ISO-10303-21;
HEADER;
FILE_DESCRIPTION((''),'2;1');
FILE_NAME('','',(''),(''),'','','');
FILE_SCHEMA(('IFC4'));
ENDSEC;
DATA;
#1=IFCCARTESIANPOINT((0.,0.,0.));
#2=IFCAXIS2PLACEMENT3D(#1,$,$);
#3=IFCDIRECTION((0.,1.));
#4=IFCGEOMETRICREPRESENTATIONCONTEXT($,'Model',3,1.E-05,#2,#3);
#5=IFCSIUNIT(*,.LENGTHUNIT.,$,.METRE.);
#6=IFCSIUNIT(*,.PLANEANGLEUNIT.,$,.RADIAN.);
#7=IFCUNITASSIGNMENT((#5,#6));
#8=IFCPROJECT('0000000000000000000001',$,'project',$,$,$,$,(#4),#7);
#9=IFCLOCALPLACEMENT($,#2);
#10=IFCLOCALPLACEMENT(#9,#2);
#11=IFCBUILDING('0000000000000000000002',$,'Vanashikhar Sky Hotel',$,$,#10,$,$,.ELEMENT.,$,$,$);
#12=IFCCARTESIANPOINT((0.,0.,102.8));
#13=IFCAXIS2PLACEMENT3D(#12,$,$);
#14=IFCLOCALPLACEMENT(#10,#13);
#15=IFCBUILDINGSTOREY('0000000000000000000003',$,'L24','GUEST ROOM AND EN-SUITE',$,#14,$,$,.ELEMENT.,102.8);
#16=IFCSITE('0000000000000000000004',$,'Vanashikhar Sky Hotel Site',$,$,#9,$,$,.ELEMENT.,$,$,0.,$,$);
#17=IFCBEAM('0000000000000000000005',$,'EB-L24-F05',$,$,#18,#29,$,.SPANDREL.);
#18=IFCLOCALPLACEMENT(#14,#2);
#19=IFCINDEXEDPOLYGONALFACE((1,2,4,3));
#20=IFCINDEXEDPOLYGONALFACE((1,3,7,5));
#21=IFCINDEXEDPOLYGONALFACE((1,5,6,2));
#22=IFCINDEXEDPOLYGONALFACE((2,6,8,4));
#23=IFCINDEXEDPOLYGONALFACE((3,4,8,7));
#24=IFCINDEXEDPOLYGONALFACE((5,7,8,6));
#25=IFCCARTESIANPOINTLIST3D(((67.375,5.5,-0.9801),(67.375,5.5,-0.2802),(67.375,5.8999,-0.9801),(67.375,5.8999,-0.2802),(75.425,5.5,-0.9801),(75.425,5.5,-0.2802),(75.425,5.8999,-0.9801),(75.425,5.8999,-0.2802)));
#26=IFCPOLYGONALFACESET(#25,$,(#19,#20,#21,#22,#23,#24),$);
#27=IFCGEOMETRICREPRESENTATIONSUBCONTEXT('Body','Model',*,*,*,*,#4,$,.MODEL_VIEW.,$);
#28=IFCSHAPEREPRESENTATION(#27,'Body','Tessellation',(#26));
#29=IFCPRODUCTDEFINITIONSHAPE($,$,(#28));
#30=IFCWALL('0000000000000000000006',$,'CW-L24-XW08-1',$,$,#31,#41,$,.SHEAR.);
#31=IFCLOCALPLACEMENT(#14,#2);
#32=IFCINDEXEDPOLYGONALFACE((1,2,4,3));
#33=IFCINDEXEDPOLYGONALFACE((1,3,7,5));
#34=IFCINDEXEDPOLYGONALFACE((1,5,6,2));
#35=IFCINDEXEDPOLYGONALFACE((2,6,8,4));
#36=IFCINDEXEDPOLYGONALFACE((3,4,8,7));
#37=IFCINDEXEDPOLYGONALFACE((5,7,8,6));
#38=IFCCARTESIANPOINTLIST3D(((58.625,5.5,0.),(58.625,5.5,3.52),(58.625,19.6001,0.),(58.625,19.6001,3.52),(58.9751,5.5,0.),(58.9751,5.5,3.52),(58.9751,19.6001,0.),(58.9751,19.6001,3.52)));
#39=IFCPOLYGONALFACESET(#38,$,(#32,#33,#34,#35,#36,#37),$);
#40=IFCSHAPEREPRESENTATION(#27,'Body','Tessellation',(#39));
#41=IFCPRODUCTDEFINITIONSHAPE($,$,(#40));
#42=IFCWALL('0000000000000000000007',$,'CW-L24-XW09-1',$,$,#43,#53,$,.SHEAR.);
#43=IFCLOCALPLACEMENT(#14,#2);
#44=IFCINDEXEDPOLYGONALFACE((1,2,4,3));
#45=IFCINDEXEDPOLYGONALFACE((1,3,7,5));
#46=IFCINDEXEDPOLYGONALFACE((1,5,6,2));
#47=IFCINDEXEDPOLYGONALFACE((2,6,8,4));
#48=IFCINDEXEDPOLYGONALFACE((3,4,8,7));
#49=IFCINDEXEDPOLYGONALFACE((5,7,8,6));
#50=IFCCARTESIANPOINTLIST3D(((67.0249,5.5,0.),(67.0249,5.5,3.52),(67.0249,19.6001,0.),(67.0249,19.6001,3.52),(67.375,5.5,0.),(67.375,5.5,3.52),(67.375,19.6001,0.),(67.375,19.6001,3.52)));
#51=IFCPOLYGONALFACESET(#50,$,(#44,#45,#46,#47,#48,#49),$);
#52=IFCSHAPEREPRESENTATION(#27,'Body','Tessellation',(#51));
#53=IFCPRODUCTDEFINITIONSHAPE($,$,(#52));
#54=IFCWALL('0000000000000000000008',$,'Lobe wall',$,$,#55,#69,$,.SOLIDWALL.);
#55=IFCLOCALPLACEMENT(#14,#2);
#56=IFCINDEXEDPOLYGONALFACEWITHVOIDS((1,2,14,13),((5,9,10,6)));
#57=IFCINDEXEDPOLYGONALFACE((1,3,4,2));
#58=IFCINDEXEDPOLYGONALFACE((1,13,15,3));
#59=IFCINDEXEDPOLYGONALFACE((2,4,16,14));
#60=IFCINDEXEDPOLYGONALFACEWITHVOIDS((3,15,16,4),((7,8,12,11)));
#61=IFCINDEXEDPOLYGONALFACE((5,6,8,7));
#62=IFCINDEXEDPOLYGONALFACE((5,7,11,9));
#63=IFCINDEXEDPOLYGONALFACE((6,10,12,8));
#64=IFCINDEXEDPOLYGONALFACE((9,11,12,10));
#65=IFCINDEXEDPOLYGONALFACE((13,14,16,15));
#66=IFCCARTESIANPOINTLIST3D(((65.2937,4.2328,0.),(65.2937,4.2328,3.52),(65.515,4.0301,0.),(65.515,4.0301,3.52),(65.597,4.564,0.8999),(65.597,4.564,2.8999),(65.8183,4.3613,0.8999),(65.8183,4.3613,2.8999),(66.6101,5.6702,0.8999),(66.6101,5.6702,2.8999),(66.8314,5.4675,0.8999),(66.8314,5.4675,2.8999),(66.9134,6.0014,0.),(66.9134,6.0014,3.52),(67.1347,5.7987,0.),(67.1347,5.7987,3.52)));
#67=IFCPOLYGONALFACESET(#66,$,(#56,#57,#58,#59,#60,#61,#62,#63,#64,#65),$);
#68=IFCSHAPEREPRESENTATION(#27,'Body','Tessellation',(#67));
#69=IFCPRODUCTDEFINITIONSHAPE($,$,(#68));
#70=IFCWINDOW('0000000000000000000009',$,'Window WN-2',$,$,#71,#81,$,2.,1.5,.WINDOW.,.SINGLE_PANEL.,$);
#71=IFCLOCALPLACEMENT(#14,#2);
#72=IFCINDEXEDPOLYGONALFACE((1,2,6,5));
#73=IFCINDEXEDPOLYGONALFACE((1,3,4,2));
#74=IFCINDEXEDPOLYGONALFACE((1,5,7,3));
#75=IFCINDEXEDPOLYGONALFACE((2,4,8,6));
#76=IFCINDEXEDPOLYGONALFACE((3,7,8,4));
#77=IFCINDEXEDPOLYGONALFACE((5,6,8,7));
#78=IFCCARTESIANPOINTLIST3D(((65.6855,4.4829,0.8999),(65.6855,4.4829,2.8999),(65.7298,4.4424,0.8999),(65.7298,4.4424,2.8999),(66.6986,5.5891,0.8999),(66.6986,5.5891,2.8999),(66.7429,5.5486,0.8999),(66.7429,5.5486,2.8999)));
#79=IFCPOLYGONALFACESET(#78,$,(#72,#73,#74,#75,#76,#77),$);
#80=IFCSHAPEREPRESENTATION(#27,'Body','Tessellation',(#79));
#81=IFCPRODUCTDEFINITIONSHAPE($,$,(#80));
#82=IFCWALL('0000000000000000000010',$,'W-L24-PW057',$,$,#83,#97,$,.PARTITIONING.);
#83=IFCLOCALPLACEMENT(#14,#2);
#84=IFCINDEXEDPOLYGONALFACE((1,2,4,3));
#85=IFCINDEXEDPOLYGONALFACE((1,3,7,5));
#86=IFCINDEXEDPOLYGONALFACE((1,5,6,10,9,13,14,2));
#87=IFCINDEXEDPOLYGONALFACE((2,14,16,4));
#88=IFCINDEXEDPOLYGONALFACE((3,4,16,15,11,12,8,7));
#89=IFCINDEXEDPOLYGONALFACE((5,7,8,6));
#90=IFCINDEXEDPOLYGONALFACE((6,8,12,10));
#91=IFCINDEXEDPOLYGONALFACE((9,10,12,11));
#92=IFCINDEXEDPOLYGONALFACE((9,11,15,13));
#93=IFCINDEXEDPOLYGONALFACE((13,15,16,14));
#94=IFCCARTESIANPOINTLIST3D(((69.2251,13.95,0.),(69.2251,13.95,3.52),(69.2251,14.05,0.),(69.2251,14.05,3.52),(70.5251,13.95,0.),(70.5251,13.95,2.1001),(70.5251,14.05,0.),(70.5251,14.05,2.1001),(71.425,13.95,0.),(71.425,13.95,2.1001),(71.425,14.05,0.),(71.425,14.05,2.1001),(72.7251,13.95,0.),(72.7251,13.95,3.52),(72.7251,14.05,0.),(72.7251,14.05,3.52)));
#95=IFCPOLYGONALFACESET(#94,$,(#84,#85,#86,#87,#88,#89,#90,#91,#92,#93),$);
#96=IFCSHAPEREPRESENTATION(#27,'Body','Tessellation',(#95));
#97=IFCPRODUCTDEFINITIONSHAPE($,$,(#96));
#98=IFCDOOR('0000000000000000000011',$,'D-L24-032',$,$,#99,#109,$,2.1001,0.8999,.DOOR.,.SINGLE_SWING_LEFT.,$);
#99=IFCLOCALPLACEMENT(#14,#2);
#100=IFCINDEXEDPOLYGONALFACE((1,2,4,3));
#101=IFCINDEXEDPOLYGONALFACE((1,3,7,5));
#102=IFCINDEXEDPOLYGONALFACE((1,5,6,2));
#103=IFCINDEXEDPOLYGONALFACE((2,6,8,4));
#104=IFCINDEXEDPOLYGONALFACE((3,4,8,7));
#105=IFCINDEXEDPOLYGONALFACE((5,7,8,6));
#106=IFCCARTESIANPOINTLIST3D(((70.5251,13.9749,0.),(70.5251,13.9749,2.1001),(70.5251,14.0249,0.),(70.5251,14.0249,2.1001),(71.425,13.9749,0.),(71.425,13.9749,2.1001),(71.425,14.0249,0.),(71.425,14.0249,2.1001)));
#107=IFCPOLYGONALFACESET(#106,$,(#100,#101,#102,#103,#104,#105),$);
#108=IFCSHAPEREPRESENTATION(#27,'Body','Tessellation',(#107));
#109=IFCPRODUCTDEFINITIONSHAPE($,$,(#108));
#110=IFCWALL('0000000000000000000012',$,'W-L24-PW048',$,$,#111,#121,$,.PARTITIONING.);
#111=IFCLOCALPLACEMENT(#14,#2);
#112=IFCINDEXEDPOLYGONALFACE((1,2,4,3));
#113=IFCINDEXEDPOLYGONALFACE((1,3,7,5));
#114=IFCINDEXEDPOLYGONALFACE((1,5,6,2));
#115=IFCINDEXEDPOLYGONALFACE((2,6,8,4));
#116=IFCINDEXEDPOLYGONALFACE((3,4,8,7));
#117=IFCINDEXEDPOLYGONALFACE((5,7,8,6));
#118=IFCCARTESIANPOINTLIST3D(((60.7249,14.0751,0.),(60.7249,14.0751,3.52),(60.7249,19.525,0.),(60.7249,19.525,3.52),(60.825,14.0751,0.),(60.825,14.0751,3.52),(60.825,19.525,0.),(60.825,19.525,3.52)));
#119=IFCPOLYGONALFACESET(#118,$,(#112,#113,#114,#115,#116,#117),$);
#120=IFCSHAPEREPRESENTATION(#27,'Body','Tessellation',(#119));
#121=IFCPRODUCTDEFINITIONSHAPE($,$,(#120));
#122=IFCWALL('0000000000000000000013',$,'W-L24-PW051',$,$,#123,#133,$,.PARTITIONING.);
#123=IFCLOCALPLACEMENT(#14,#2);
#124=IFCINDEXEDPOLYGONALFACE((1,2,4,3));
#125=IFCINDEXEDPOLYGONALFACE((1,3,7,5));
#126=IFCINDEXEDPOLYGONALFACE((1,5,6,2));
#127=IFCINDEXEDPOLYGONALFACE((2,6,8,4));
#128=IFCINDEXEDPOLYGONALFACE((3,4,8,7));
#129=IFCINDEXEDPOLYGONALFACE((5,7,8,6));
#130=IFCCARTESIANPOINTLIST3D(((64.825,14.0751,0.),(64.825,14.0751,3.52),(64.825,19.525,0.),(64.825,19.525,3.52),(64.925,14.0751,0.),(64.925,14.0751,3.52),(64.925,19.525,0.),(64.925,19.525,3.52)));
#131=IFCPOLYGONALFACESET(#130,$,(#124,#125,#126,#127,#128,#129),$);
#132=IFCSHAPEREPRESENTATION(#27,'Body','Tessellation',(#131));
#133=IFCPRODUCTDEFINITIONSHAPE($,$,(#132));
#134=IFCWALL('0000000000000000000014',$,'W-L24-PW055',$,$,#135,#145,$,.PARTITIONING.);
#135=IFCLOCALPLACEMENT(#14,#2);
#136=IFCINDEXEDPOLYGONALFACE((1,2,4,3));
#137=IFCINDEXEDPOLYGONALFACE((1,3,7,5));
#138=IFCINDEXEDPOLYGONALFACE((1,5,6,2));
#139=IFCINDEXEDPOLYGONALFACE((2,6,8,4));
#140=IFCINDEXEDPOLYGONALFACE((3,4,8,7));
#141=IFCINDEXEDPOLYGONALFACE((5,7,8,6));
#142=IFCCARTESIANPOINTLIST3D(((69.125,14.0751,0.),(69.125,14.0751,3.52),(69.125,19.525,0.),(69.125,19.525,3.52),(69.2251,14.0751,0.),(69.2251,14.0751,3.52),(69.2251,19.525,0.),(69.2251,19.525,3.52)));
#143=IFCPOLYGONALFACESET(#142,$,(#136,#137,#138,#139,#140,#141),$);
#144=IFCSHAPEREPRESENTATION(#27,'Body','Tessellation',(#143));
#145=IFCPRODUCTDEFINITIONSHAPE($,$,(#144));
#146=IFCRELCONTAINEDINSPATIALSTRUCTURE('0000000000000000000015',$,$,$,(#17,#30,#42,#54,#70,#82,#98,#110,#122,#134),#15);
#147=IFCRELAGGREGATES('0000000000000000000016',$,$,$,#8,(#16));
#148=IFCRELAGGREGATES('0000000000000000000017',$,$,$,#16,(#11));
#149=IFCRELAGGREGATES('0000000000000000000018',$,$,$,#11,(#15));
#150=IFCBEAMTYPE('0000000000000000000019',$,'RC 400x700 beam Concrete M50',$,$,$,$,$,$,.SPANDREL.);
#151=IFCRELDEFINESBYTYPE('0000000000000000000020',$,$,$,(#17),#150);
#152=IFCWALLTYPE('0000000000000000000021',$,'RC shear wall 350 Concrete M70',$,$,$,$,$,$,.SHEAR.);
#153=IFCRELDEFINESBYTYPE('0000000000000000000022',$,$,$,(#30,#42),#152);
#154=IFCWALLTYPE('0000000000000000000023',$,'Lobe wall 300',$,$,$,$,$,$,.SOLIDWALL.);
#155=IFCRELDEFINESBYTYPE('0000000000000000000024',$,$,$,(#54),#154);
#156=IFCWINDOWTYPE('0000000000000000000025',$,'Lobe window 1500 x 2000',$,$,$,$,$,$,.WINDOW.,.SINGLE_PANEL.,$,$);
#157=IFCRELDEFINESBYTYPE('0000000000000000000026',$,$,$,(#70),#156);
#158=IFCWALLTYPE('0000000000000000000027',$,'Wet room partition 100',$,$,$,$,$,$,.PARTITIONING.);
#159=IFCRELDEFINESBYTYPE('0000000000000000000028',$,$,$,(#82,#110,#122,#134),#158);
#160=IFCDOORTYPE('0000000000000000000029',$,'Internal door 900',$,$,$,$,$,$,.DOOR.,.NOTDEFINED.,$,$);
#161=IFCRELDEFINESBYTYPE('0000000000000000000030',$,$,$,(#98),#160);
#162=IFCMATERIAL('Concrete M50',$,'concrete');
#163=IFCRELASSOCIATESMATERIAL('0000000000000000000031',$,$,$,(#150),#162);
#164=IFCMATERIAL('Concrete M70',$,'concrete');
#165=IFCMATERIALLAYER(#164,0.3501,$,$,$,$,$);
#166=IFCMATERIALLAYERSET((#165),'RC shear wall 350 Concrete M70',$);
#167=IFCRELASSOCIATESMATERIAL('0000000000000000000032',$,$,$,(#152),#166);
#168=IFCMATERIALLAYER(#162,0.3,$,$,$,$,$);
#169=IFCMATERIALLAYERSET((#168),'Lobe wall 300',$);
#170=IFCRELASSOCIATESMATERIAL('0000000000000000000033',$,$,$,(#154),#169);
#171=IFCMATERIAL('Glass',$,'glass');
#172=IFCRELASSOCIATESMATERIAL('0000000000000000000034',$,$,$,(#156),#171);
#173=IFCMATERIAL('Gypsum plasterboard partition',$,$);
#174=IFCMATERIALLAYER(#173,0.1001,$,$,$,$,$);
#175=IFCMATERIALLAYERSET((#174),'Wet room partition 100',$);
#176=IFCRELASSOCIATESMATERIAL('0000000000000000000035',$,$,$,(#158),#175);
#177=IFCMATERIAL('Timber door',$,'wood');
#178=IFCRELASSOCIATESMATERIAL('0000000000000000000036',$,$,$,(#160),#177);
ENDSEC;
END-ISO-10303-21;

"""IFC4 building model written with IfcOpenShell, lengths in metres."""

from ifc_helpers import new_model, si_unit, direction, frame, frame_2d, origin, origin_2d, place, context, subcontext, project, spatial, rectangle, extrude, source, transform, mapped, material, layer, layer_set, material_profile, profile_set, type_object, element, fill, save


model = new_model("IFC4")

# Units and contexts
model_context = context("Model", 3, precision=1e-05, world=origin(), true_north=direction((0.0, 1.0)))
body_context = subcontext(model_context, "Body", "Model", "MODEL_VIEW")
ifc_project = project(units=[si_unit("LENGTHUNIT", "METRE"), si_unit("PLANEANGLEUNIT", "RADIAN")], contexts=[model_context])

# Site, building, storey
site_placement = place(None, origin())
site = spatial("IfcSite", under=ifc_project, at=site_placement, Name="Vanashikhar Sky Hotel Site", CompositionType="ELEMENT", RefElevation=0.0)
building_placement = place(site_placement, origin())
building = spatial("IfcBuilding", under=site, at=building_placement, Name="Vanashikhar Sky Hotel", CompositionType="ELEMENT")
storey_placement = place(building_placement, frame((0.0, 0.0, 102.8)))
storey = spatial("IfcBuildingStorey", under=building, at=storey_placement, Name="L24", Description="GUEST ROOM AND EN-SUITE", CompositionType="ELEMENT", Elevation=102.8)

# Beam
ifc_material_1 = material(Name="Concrete M50", Category="concrete")
ifc_material_profile = material_profile(ifc_material_1, rectangle(XDim=0.3999, YDim=0.7, at=origin_2d()))
ifc_profile_set = profile_set([ifc_material_profile], Name="RC 400x700 beam Concrete M50")
beam_type = type_object("IfcBeamType", Name="RC 400x700 beam Concrete M50", PredefinedType="SPANDREL", material=ifc_profile_set)
shared_shape_1 = source(origin(), body_context, "Body", "SweptSolid", [
    extrude(rectangle(XDim=0.3999, YDim=0.7, at=origin_2d()), origin(), (0.0, 0.0, 1.0), 8.05),
])
beam_placement = place(storey_placement, frame((67.375, 5.7, -0.6301), z_axis=(1.0, 0.0, 0.0), x_axis=(0.0, 1.0, 0.0)))
element("IfcBeam", 1, at=beam_placement, inside=storey, type_object=beam_type, Name="EB-L24-F05", PredefinedType="SPANDREL", context=body_context, shape_type="MappedRepresentation", body=[
    mapped(shared_shape_1, transform((0.0, 0.0, 0.0), scale=1.0)),
])

# Walls
ifc_material_2 = material(Name="Concrete M70", Category="concrete")
ifc_layer_1 = layer(ifc_material_2, 0.3501)
ifc_layer_set_1 = layer_set([ifc_layer_1], Name="RC shear wall 350 Concrete M70")
wall_type_1 = type_object("IfcWallType", Name="RC shear wall 350 Concrete M70", PredefinedType="SHEAR", material=ifc_layer_set_1)
shared_shape_2 = source(origin(), body_context, "Body", "SweptSolid", [
    extrude(rectangle(XDim=14.1001, YDim=0.3501, at=frame_2d((7.05, 0.0))), origin(), (0.0, 0.0, 1.0), 3.52),
])
for number, where, z_axis, x_axis, name in (
    (2, (58.8, 5.5, 0.0), (0.0, 0.0, 1.0), (0.0, 1.0, 0.0), "CW-L24-XW08-1"),
    (3, (67.2, 5.5, 0.0), (0.0, 0.0, 1.0), (0.0, 1.0, 0.0), "CW-L24-XW09-1"),
):
    element("IfcWall", number, at=place(storey_placement, frame(where, z_axis=z_axis, x_axis=x_axis)), inside=storey, type_object=wall_type_1, Name=name, PredefinedType="SHEAR", context=body_context, shape_type="MappedRepresentation", body=[
        mapped(shared_shape_2, transform((0.0, 0.0, 0.0), scale=1.0)),
    ])

# Wall, opening, window
ifc_layer_2 = layer(ifc_material_1, 0.3)
ifc_layer_set_2 = layer_set([ifc_layer_2], Name="Lobe wall 300")
wall_type_2 = type_object("IfcWallType", Name="Lobe wall 300", PredefinedType="SOLIDWALL", material=ifc_layer_set_2)
shared_shape_3 = source(origin(), body_context, "Body", "SweptSolid", [
    extrude(rectangle(XDim=2.3982, YDim=0.3, at=frame_2d((1.1992, 0.0))), origin(), (0.0, 0.0, 1.0), 3.52),
])
wall_1_placement = place(storey_placement, frame((65.4043, 4.1313, 0.0), z_axis=(0.0, 0.0, 1.0), x_axis=(0.675374, 0.737475, 0.0)))
wall_1 = element("IfcWall", 4, at=wall_1_placement, inside=storey, type_object=wall_type_2, Name="Lobe wall", PredefinedType="SOLIDWALL", context=body_context, shape_type="MappedRepresentation", body=[
    mapped(shared_shape_3, transform((0.0, 0.0, 0.0), scale=1.0)),
])
shared_shape_4 = source(origin(), body_context, "Body", "SweptSolid", [
    extrude(rectangle(XDim=1.5, YDim=2.0, at=frame_2d((0.75, 1.0))), frame((0.0, 0.1602, 0.0), z_axis=(0.0, -1.0, 0.0), x_axis=(1.0, 0.0, 0.0)), (0.0, 0.0, 1.0), 0.3201),
])
opening_1_placement = place(wall_1_placement, frame((0.4492, 0.0, 0.8999)))
opening_1 = element("IfcOpeningElement", 5, at=opening_1_placement, cuts=wall_1, PredefinedType="OPENING", context=body_context, shape_type="MappedRepresentation", body=[
    mapped(shared_shape_4, transform((0.0, 0.0, 0.0), scale=1.0)),
])
ifc_material_3 = material(Name="Glass", Category="glass")
window_type_1 = type_object("IfcWindowType", Name="Lobe window 1500 x 2000", PartitioningType="SINGLE_PANEL", PredefinedType="WINDOW", material=ifc_material_3)
shared_shape_5 = source(origin(), body_context, "Body", "SweptSolid", [
    extrude(rectangle(XDim=1.5, YDim=2.0, at=frame_2d((0.75, 1.0))), frame((0.0, 0.03, 0.0), z_axis=(0.0, -1.0, 0.0), x_axis=(1.0, 0.0, 0.0)), (0.0, 0.0, 1.0), 0.0601),
])
window_1_placement = place(opening_1_placement, origin())
window_1 = element("IfcWindow", 6, at=window_1_placement, inside=storey, type_object=window_type_1, Name="Window WN-2", OverallHeight=2.0, OverallWidth=1.5, PartitioningType="SINGLE_PANEL", PredefinedType="WINDOW", context=body_context, shape_type="MappedRepresentation", body=[
    mapped(shared_shape_5, transform((0.0, 0.0, 0.0), scale=1.0)),
])
fill(opening_1, window_1)

# Wall, opening, door
ifc_material_4 = material(Name="Gypsum plasterboard partition")
ifc_layer_3 = layer(ifc_material_4, 0.1001)
ifc_layer_set_3 = layer_set([ifc_layer_3], Name="Wet room partition 100")
wall_type_3 = type_object("IfcWallType", Name="Wet room partition 100", PredefinedType="PARTITIONING", material=ifc_layer_set_3)
shared_shape_6 = source(origin(), body_context, "Body", "SweptSolid", [
    extrude(rectangle(XDim=3.5, YDim=0.1001, at=frame_2d((1.75, 0.0))), origin(), (0.0, 0.0, 1.0), 3.52),
])
wall_2_placement = place(storey_placement, frame((69.2251, 14.0, 0.0), z_axis=(0.0, 0.0, 1.0), x_axis=(1.0, 0.0, 0.0)))
wall_2 = element("IfcWall", 7, at=wall_2_placement, inside=storey, type_object=wall_type_3, Name="W-L24-PW057", PredefinedType="PARTITIONING", context=body_context, shape_type="MappedRepresentation", body=[
    mapped(shared_shape_6, transform((0.0, 0.0, 0.0), scale=1.0)),
])
shared_shape_7 = source(origin(), body_context, "Body", "SweptSolid", [
    extrude(rectangle(XDim=0.8999, YDim=2.1001, at=frame_2d((0.45, 1.05))), frame((0.0, 0.0601, 0.0), z_axis=(0.0, -1.0, 0.0), x_axis=(1.0, 0.0, 0.0)), (0.0, 0.0, 1.0), 0.1201),
])
opening_2_placement = place(wall_2_placement, frame((1.3, 0.0, 0.0)))
opening_2 = element("IfcOpeningElement", 8, at=opening_2_placement, cuts=wall_2, PredefinedType="OPENING", context=body_context, shape_type="MappedRepresentation", body=[
    mapped(shared_shape_7, transform((0.0, 0.0, 0.0), scale=1.0)),
])
ifc_material_5 = material(Name="Timber door", Category="wood")
door_type_1 = type_object("IfcDoorType", Name="Internal door 900", OperationType="NOTDEFINED", PredefinedType="DOOR", material=ifc_material_5)
shared_shape_8 = source(origin(), body_context, "Body", "SweptSolid", [
    extrude(rectangle(XDim=0.8999, YDim=2.1001, at=frame_2d((0.45, 1.05))), frame((0.0, 0.0249, 0.0), z_axis=(0.0, -1.0, 0.0), x_axis=(1.0, 0.0, 0.0)), (0.0, 0.0, 1.0), 0.05),
])
door_1_placement = place(opening_2_placement, origin())
door_1 = element("IfcDoor", 9, at=door_1_placement, inside=storey, type_object=door_type_1, Name="D-L24-032", OperationType="SINGLE_SWING_LEFT", OverallHeight=2.1001, OverallWidth=0.8999, PredefinedType="DOOR", context=body_context, shape_type="MappedRepresentation", body=[
    mapped(shared_shape_8, transform((0.0, 0.0, 0.0), scale=1.0)),
])
fill(opening_2, door_1)

# Walls
shared_shape_9 = source(origin(), body_context, "Body", "SweptSolid", [
    extrude(rectangle(XDim=5.45, YDim=0.1001, at=frame_2d((2.7251, 0.0))), origin(), (0.0, 0.0, 1.0), 3.52),
])
for number, where, z_axis, x_axis, name in (
    (10, (60.7749, 14.075, 0.0), (0.0, 0.0, 1.0), (0.0, 1.0, 0.0), "W-L24-PW048"),
    (11, (64.875, 14.075, 0.0), (0.0, 0.0, 1.0), (0.0, 1.0, 0.0), "W-L24-PW051"),
    (12, (69.175, 14.075, 0.0), (0.0, 0.0, 1.0), (0.0, 1.0, 0.0), "W-L24-PW055"),
):
    element("IfcWall", number, at=place(storey_placement, frame(where, z_axis=z_axis, x_axis=x_axis)), inside=storey, type_object=wall_type_3, Name=name, PredefinedType="PARTITIONING", context=body_context, shape_type="MappedRepresentation", body=[
        mapped(shared_shape_9, transform((0.0, 0.0, 0.0), scale=1.0)),
    ])

save(model, "model.ifc")
